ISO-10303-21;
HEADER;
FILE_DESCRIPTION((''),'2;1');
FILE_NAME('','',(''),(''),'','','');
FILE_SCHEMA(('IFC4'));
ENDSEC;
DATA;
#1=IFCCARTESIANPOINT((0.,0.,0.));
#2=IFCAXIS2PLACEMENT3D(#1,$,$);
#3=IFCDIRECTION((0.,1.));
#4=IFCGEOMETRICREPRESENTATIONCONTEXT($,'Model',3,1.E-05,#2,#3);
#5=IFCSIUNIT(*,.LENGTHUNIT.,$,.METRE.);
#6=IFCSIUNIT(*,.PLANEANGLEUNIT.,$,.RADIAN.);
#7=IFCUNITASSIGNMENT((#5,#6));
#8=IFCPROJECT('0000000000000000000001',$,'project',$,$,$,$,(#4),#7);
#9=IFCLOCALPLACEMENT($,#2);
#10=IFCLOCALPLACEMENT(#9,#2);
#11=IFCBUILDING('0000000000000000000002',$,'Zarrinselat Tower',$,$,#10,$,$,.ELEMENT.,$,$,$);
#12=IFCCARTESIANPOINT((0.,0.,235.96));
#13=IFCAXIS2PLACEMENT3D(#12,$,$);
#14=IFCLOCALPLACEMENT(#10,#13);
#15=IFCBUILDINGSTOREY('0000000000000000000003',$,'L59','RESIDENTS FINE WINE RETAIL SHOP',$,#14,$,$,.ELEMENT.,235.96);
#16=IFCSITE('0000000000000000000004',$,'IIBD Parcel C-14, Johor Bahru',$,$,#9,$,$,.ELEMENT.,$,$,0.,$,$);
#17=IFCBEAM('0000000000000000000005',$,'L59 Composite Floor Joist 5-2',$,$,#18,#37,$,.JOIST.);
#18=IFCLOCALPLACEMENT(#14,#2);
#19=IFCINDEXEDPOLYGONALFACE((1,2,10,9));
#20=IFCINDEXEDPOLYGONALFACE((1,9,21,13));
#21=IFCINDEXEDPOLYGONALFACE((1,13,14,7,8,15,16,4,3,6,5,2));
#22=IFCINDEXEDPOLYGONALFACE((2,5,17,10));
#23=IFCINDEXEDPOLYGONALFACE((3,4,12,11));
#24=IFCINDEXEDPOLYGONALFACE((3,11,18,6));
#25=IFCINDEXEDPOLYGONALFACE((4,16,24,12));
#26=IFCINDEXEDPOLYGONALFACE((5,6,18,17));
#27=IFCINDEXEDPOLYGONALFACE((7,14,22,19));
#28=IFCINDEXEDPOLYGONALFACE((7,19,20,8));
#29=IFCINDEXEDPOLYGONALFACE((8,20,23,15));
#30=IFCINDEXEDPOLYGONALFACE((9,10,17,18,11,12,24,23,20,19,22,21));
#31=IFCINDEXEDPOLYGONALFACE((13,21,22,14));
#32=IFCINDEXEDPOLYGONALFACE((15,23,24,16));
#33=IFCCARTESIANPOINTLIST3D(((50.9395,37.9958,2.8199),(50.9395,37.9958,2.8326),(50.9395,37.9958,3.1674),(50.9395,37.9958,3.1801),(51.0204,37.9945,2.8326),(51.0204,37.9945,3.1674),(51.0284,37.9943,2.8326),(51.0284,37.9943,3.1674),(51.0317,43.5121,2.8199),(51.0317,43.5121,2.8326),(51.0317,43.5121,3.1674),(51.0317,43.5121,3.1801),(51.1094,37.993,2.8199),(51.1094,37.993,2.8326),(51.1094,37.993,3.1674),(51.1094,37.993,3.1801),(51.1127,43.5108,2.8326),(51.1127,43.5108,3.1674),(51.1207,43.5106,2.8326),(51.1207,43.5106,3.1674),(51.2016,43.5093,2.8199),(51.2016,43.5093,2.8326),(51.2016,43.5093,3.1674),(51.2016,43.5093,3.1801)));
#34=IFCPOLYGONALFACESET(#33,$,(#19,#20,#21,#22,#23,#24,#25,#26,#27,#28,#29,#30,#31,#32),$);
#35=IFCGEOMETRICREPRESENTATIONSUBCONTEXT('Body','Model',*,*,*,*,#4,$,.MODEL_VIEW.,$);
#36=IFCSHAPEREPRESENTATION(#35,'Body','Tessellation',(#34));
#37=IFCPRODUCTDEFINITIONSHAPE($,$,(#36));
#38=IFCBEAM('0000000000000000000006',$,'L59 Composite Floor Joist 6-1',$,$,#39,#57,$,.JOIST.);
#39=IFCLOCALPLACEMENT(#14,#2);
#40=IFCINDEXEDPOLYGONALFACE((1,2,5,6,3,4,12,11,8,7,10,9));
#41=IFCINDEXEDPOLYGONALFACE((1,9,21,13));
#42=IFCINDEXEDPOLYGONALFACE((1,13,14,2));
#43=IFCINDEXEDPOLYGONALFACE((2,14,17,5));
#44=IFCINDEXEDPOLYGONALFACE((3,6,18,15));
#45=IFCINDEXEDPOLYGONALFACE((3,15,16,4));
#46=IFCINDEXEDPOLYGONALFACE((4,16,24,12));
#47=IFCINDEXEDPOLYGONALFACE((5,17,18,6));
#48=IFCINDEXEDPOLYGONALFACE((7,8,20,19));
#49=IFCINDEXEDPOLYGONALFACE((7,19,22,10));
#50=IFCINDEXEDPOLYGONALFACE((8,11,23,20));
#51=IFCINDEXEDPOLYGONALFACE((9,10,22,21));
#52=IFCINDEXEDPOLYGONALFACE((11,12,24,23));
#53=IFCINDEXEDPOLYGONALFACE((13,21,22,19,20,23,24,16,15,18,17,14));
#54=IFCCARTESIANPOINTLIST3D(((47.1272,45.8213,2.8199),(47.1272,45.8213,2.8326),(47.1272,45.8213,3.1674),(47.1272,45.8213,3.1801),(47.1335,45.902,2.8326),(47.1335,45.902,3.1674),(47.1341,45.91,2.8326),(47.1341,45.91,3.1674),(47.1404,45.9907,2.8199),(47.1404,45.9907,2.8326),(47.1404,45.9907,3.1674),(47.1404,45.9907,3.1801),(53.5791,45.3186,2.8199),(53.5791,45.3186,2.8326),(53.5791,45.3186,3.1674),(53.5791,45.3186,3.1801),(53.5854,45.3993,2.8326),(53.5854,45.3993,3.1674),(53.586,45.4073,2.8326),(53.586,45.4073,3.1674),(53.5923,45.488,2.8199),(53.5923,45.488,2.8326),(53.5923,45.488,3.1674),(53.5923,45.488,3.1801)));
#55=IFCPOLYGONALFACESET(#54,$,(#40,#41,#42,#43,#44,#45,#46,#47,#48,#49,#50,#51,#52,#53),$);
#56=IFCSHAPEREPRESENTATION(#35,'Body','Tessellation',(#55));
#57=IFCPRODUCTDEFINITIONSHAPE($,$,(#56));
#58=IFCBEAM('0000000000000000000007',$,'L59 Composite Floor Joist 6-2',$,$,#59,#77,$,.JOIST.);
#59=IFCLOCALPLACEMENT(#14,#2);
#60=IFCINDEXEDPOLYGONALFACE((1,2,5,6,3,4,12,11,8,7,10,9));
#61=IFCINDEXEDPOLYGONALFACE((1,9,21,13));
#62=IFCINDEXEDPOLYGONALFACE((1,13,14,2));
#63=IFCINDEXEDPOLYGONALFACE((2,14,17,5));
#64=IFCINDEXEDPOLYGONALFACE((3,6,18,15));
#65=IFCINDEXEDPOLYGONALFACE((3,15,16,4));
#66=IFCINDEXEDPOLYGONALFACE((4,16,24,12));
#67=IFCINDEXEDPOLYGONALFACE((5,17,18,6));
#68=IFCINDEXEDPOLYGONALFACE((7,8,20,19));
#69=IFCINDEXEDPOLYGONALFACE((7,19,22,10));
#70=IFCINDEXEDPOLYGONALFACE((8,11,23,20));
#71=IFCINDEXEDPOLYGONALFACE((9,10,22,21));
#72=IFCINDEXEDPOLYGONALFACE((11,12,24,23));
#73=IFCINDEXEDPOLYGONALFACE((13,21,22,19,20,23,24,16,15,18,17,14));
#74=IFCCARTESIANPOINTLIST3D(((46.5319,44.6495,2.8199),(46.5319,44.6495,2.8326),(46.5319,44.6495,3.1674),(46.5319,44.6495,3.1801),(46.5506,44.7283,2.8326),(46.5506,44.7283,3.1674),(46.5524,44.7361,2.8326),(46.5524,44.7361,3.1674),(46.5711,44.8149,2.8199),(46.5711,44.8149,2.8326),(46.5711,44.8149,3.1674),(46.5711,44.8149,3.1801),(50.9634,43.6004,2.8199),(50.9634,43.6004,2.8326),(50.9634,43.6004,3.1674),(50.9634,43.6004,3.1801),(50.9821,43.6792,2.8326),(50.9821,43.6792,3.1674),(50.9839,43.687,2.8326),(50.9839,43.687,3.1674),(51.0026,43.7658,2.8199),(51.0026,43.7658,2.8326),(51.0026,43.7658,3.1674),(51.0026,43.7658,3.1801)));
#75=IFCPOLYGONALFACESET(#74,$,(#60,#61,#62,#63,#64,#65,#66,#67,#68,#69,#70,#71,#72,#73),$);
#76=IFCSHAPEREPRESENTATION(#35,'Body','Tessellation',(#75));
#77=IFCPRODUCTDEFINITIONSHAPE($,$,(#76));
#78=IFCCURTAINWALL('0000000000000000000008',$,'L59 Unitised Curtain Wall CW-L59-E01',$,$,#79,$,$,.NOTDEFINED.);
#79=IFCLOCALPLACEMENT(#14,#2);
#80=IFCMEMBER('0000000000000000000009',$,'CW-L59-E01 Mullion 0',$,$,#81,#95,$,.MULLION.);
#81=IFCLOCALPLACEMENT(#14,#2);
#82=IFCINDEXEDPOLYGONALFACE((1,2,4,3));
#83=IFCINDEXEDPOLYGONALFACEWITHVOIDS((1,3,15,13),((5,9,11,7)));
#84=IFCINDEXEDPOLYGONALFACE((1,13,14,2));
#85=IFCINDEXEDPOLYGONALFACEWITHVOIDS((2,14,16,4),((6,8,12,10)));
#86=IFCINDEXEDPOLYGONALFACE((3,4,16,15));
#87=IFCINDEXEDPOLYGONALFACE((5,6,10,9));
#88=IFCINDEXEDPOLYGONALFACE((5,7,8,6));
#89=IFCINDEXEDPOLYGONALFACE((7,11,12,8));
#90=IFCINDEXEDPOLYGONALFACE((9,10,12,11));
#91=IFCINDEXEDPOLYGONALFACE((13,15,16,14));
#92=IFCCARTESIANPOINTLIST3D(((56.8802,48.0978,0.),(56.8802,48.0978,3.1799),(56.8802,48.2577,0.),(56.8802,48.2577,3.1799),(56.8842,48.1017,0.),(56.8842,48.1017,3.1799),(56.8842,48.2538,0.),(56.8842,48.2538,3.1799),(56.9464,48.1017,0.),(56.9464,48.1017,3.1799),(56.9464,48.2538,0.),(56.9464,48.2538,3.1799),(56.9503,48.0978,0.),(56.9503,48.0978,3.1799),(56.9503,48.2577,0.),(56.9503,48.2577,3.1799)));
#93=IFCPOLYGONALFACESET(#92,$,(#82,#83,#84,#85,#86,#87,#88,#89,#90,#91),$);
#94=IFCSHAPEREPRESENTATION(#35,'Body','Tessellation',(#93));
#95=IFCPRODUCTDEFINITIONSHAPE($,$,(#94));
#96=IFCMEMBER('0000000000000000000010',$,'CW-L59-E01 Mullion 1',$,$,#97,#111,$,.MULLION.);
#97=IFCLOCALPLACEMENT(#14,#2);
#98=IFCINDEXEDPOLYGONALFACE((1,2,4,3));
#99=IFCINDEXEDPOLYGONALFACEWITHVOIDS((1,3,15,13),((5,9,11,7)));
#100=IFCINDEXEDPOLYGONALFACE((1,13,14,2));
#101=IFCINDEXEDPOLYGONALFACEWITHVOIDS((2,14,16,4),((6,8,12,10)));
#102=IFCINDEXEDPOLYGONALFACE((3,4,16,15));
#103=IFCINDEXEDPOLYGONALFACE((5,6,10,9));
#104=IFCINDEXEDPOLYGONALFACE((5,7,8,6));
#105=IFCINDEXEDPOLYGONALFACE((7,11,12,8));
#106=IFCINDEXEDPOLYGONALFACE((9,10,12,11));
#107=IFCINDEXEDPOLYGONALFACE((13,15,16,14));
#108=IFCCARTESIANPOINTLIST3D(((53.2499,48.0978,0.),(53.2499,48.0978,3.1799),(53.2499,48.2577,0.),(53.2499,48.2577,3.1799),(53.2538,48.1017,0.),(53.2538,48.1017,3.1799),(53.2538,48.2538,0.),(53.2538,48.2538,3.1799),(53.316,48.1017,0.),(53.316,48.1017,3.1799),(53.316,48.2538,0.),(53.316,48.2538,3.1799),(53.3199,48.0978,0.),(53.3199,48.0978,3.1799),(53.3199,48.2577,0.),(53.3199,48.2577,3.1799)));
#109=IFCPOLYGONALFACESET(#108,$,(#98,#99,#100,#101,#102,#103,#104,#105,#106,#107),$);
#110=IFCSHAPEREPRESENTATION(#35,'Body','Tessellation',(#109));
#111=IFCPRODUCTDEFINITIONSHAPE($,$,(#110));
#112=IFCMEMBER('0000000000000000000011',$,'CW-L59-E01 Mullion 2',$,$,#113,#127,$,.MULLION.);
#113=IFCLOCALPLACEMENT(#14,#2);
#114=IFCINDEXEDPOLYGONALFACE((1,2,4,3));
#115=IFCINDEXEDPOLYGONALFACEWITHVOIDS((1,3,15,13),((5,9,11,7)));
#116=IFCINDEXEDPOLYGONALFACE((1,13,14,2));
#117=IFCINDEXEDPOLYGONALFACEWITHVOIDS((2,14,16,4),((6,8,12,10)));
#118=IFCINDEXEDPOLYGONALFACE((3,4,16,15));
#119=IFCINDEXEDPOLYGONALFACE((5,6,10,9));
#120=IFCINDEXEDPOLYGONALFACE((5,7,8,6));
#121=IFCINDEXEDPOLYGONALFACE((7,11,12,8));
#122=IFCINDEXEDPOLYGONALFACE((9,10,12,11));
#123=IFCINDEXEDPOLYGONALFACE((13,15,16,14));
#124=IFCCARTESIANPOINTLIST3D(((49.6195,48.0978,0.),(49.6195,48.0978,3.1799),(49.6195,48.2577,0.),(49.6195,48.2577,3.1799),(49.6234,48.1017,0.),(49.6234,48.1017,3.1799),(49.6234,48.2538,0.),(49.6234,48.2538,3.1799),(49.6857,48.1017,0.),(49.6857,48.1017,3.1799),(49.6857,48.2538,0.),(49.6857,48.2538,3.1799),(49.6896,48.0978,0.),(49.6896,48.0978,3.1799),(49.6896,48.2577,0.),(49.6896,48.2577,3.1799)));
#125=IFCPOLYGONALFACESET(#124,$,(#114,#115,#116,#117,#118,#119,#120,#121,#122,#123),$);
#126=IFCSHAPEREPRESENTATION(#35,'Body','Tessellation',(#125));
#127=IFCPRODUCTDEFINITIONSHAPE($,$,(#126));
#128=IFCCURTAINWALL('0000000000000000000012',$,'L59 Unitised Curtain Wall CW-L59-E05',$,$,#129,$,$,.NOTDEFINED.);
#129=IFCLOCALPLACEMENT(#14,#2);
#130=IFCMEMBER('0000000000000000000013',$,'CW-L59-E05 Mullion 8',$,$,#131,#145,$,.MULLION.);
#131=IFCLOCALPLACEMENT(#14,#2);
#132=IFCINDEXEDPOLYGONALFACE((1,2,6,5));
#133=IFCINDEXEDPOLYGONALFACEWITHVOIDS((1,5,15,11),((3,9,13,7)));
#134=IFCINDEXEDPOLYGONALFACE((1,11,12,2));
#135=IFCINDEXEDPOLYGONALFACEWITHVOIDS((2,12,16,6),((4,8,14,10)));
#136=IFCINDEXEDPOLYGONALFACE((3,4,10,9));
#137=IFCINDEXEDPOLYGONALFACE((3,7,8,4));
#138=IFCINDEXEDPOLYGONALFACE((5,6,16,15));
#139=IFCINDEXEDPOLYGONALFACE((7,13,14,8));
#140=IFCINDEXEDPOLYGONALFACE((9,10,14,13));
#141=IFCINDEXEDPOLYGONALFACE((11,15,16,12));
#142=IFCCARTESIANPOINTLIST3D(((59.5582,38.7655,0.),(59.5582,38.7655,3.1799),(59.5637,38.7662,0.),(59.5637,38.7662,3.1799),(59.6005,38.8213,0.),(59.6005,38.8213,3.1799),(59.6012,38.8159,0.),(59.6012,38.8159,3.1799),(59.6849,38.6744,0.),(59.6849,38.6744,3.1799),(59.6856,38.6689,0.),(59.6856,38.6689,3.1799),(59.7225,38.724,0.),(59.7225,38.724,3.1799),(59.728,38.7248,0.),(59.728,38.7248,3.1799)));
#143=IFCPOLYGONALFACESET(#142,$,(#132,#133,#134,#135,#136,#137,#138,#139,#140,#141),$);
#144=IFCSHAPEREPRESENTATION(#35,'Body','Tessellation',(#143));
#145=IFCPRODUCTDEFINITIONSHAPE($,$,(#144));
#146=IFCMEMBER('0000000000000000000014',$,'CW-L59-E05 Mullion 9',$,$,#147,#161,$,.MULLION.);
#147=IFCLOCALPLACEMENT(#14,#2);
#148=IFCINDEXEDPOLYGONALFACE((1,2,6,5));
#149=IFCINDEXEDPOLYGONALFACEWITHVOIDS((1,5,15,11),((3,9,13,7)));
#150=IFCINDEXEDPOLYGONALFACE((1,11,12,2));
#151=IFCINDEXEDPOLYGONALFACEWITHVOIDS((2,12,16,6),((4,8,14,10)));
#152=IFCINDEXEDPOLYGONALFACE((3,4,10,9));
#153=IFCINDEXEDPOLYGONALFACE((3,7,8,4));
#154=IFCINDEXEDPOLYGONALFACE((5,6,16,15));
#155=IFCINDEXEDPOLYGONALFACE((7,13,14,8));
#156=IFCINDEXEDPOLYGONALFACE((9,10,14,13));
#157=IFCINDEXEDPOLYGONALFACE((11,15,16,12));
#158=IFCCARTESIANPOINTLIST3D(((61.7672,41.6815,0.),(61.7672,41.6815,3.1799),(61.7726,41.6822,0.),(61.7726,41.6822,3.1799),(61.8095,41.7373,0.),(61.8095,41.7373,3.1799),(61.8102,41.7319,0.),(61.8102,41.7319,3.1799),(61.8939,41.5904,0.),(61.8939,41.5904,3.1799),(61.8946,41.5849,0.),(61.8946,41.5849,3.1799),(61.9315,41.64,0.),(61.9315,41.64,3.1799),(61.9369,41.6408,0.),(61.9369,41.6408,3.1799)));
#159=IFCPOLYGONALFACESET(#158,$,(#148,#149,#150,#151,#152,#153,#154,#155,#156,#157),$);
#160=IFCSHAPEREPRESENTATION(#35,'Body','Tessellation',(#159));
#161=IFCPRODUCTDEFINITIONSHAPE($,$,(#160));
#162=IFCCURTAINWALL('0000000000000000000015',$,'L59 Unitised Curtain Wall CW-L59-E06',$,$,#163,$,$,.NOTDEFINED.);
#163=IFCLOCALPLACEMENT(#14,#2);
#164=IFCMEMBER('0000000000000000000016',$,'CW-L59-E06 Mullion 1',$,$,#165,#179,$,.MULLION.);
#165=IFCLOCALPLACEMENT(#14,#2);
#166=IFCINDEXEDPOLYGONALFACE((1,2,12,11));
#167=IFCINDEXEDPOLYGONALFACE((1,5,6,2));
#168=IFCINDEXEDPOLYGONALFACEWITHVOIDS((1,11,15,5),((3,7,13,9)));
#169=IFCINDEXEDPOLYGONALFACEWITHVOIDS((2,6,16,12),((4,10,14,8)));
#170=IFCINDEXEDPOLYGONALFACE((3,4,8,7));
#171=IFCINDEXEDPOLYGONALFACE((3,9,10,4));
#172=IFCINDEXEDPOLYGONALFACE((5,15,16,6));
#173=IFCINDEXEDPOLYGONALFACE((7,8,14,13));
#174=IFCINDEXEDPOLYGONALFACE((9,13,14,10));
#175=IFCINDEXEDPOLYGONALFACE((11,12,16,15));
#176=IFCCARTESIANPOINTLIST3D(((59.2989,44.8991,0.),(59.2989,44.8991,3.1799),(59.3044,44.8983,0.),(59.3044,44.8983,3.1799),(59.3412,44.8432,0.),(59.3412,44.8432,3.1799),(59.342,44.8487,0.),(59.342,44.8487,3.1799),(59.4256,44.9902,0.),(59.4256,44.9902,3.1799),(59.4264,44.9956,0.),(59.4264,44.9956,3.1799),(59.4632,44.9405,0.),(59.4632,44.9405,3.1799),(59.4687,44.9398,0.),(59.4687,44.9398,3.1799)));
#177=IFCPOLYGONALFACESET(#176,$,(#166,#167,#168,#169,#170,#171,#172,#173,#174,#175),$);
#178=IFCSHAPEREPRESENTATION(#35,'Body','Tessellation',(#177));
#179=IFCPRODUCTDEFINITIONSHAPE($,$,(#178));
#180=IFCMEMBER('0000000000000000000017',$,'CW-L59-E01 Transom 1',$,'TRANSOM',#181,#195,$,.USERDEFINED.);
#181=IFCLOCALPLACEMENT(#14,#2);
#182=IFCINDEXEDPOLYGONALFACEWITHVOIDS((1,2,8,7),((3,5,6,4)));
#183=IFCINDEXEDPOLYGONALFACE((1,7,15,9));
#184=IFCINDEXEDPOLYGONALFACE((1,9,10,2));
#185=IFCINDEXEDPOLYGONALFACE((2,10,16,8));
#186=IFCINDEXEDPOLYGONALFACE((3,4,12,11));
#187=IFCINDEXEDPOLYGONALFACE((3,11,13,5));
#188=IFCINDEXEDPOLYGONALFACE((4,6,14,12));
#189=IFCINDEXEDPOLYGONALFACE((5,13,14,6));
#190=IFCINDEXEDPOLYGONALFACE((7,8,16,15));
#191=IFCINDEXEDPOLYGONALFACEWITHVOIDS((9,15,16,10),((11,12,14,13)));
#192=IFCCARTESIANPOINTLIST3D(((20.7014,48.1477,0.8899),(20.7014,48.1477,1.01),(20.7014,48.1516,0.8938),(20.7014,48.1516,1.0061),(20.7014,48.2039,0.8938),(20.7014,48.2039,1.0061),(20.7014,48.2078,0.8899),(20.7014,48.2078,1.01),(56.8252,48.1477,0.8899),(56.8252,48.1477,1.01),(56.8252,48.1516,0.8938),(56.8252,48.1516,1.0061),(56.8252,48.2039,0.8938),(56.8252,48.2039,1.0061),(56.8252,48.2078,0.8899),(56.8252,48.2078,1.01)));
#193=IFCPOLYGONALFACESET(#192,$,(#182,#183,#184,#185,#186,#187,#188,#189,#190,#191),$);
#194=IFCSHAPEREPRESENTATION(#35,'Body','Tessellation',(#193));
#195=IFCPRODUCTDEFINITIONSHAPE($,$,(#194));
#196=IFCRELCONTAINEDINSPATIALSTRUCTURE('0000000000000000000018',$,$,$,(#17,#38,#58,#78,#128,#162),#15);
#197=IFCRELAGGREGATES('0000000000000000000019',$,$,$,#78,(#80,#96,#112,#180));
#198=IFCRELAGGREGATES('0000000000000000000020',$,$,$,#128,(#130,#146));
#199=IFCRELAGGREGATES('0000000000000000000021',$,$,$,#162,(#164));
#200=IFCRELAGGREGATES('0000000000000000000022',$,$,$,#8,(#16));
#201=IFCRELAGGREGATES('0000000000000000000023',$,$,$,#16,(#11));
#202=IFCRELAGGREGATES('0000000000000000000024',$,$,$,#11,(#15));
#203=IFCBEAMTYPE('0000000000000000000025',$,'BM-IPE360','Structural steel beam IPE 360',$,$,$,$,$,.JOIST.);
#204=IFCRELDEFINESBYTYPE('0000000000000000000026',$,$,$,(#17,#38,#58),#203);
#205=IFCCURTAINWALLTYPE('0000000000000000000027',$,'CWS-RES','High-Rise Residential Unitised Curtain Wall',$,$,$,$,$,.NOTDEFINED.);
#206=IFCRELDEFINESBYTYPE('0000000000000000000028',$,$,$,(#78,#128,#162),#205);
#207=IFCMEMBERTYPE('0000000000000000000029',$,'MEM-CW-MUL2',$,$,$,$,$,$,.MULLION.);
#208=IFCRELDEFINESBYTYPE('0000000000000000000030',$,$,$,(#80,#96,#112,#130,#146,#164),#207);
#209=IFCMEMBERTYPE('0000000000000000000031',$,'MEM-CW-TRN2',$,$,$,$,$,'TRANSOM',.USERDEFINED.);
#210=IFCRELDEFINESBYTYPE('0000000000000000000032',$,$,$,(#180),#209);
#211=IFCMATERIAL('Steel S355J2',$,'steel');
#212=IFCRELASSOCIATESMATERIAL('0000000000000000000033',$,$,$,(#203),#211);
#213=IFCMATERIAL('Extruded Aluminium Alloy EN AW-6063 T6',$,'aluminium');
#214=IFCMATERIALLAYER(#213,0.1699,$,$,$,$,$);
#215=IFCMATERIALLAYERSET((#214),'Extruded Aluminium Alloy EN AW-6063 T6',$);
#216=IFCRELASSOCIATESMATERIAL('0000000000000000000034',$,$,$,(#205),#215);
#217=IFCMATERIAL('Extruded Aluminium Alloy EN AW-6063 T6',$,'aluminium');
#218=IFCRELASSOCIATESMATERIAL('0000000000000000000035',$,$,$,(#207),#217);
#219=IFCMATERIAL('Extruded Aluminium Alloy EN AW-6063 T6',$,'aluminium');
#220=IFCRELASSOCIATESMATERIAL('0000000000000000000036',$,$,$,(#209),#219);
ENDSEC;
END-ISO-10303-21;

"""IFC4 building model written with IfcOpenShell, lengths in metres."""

from ifc_helpers import new_model, si_unit, direction, frame, origin, origin_2d, place, context, subcontext, project, spatial, hollow_rectangle, i_section, extrude, material, layer, layer_set, material_profile, profile_set, type_object, element, aggregate, save


model = new_model("IFC4")

# Units and contexts
model_context = context("Model", 3, precision=1e-05, world=origin(), true_north=direction((0.0, 1.0)))
body_context = subcontext(model_context, "Body", "Model", "MODEL_VIEW")
ifc_project = project(units=[si_unit("LENGTHUNIT", "METRE"), si_unit("PLANEANGLEUNIT", "RADIAN")], contexts=[model_context])

# Site, building, storey
site_placement = place(None, origin())
site = spatial("IfcSite", under=ifc_project, at=site_placement, Name="IIBD Parcel C-14, Johor Bahru", CompositionType="ELEMENT", RefElevation=0.0)
building_placement = place(site_placement, origin())
building = spatial("IfcBuilding", under=site, at=building_placement, Name="Zarrinselat Tower", CompositionType="ELEMENT")
storey_placement = place(building_placement, frame((0.0, 0.0, 235.96)))
storey = spatial("IfcBuildingStorey", under=building, at=storey_placement, Name="L59", Description="RESIDENTS FINE WINE RETAIL SHOP", CompositionType="ELEMENT", Elevation=235.96)

# Beams
ifc_material_1 = material(Name="Steel S355J2", Category="steel")
ifc_material_profile_1 = material_profile(ifc_material_1, i_section(OverallWidth=0.1699, OverallDepth=0.3601, WebThickness=0.0081, FlangeThickness=0.0127, at=origin_2d()), Name="IPE 360")
ifc_profile_set_1 = profile_set([ifc_material_profile_1], Name="Steel S355J2")
beam_type_1 = type_object("IfcBeamType", Name="BM-IPE360", Description="Structural steel beam IPE 360", PredefinedType="JOIST", material=ifc_profile_set_1)
beam_1_placement = place(storey_placement, frame((51.0244, 37.9944, 3.0), z_axis=(0.016727, 0.99986, 0.0), x_axis=(-0.99986, 0.016727, 0.0)))
element("IfcBeam", 1, at=beam_1_placement, inside=storey, type_object=beam_type_1, Name="L59 Composite Floor Joist 5-2", PredefinedType="JOIST", context=body_context, shape_type="SweptSolid", body=[
    extrude(i_section(OverallWidth=0.1699, OverallDepth=0.3601, WebThickness=0.0081, FlangeThickness=0.0127, at=origin_2d()), origin(), (0.0, 0.0, 1.0), 5.5171),
])
beam_2_placement = place(storey_placement, frame((47.1338, 45.906, 3.0), z_axis=(0.996979, -0.077677, 0.0), x_axis=(0.077677, 0.996979, 0.0)))
element("IfcBeam", 2, at=beam_2_placement, inside=storey, type_object=beam_type_1, Name="L59 Composite Floor Joist 6-1", PredefinedType="JOIST", context=body_context, shape_type="SweptSolid", body=[
    extrude(i_section(OverallWidth=0.1699, OverallDepth=0.3601, WebThickness=0.0081, FlangeThickness=0.0127, at=origin_2d()), origin(), (0.0, 0.0, 1.0), 6.4714),
])
beam_3_placement = place(storey_placement, frame((46.5515, 44.7322, 3.0), z_axis=(0.973103, -0.230369, 0.0), x_axis=(0.230369, 0.973103, 0.0)))
element("IfcBeam", 3, at=beam_3_placement, inside=storey, type_object=beam_type_1, Name="L59 Composite Floor Joist 6-2", PredefinedType="JOIST", context=body_context, shape_type="SweptSolid", body=[
    extrude(i_section(OverallWidth=0.1699, OverallDepth=0.3601, WebThickness=0.0081, FlangeThickness=0.0127, at=origin_2d()), origin(), (0.0, 0.0, 1.0), 4.554),
])

# Curtain walls, members
ifc_material_2 = material(Name="Extruded Aluminium Alloy EN AW-6063 T6", Category="aluminium")
ifc_layer_1 = layer(ifc_material_2, 0.1699)
ifc_layer_set_1 = layer_set([ifc_layer_1], Name="Extruded Aluminium Alloy EN AW-6063 T6")
curtain_wall_type = type_object("IfcCurtainWallType", Name="CWS-RES", Description="High-Rise Residential Unitised Curtain Wall", PredefinedType="NOTDEFINED", material=ifc_layer_set_1)
curtain_wall_1_placement = place(storey_placement, origin())
curtain_wall_1 = element("IfcCurtainWall", 4, at=curtain_wall_1_placement, inside=storey, type_object=curtain_wall_type, Name="L59 Unitised Curtain Wall CW-L59-E01", PredefinedType="NOTDEFINED")
ifc_material_3 = material(Name="Extruded Aluminium Alloy EN AW-6063 T6", Category="aluminium")
ifc_material_profile_2 = material_profile(ifc_material_3, hollow_rectangle(XDim=0.0701, YDim=0.1599, WallThickness=0.0039, at=origin_2d()), Name="RHS 160x70x4")
ifc_profile_set_2 = profile_set([ifc_material_profile_2], Name="Extruded Aluminium Alloy EN AW-6063 T6")
member_type_1 = type_object("IfcMemberType", Name="MEM-CW-MUL2", PredefinedType="MULLION", material=ifc_profile_set_2)
member_1_placement = place(storey_placement, frame((56.9153, 48.1777, 0.0), z_axis=(0.0, 0.0, 1.0), x_axis=(-1.0, 0.0, 0.0)))
member_1 = element("IfcMember", 5, at=member_1_placement, type_object=member_type_1, Name="CW-L59-E01 Mullion 0", PredefinedType="MULLION", context=body_context, shape_type="SweptSolid", body=[
    extrude(hollow_rectangle(XDim=0.0701, YDim=0.1599, WallThickness=0.0039, at=origin_2d()), origin(), (0.0, 0.0, 1.0), 3.1799),
])
member_2_placement = place(storey_placement, frame((53.2849, 48.1777, 0.0), z_axis=(0.0, 0.0, 1.0), x_axis=(-1.0, 0.0, 0.0)))
member_2 = element("IfcMember", 6, at=member_2_placement, type_object=member_type_1, Name="CW-L59-E01 Mullion 1", PredefinedType="MULLION", context=body_context, shape_type="SweptSolid", body=[
    extrude(hollow_rectangle(XDim=0.0701, YDim=0.1599, WallThickness=0.0039, at=origin_2d()), origin(), (0.0, 0.0, 1.0), 3.1799),
])
member_3_placement = place(storey_placement, frame((49.6545, 48.1777, 0.0), z_axis=(0.0, 0.0, 1.0), x_axis=(-1.0, 0.0, 0.0)))
member_3 = element("IfcMember", 7, at=member_3_placement, type_object=member_type_1, Name="CW-L59-E01 Mullion 2", PredefinedType="MULLION", context=body_context, shape_type="SweptSolid", body=[
    extrude(hollow_rectangle(XDim=0.0701, YDim=0.1599, WallThickness=0.0039, at=origin_2d()), origin(), (0.0, 0.0, 1.0), 3.1799),
])
curtain_wall_2_placement = place(storey_placement, origin())
curtain_wall_2 = element("IfcCurtainWall", 8, at=curtain_wall_2_placement, inside=storey, type_object=curtain_wall_type, Name="L59 Unitised Curtain Wall CW-L59-E05", PredefinedType="NOTDEFINED")
member_4_placement = place(storey_placement, frame((59.6431, 38.7451, 0.0), z_axis=(0.0, 0.0, 1.0), x_axis=(0.603859, 0.797091, 0.0)))
member_4 = element("IfcMember", 9, at=member_4_placement, type_object=member_type_1, Name="CW-L59-E05 Mullion 8", PredefinedType="MULLION", context=body_context, shape_type="SweptSolid", body=[
    extrude(hollow_rectangle(XDim=0.0701, YDim=0.1599, WallThickness=0.0039, at=origin_2d()), origin(), (0.0, 0.0, 1.0), 3.1799),
])
member_5_placement = place(storey_placement, frame((61.8521, 41.6611, 0.0), z_axis=(0.0, 0.0, 1.0), x_axis=(0.603859, 0.797091, 0.0)))
member_5 = element("IfcMember", 10, at=member_5_placement, type_object=member_type_1, Name="CW-L59-E05 Mullion 9", PredefinedType="MULLION", context=body_context, shape_type="SweptSolid", body=[
    extrude(hollow_rectangle(XDim=0.0701, YDim=0.1599, WallThickness=0.0039, at=origin_2d()), origin(), (0.0, 0.0, 1.0), 3.1799),
])

# Curtain wall, member
curtain_wall_3_placement = place(storey_placement, origin())
curtain_wall_3 = element("IfcCurtainWall", 11, at=curtain_wall_3_placement, inside=storey, type_object=curtain_wall_type, Name="L59 Unitised Curtain Wall CW-L59-E06", PredefinedType="NOTDEFINED")
member_6_placement = place(storey_placement, frame((59.3838, 44.9194, 0.0), z_axis=(0.0, 0.0, 1.0), x_axis=(-0.603858, 0.797092, 0.0)))
member_6 = element("IfcMember", 12, at=member_6_placement, type_object=member_type_1, Name="CW-L59-E06 Mullion 1", PredefinedType="MULLION", context=body_context, shape_type="SweptSolid", body=[
    extrude(hollow_rectangle(XDim=0.0701, YDim=0.1599, WallThickness=0.0039, at=origin_2d()), origin(), (0.0, 0.0, 1.0), 3.1799),
])

# Member
ifc_material_4 = material(Name="Extruded Aluminium Alloy EN AW-6063 T6", Category="aluminium")
ifc_material_profile_3 = material_profile(ifc_material_4, hollow_rectangle(XDim=0.0601, YDim=0.1201, WallThickness=0.0039, at=origin_2d()), Name="RHS 120x60x4")
ifc_profile_set_3 = profile_set([ifc_material_profile_3], Name="Extruded Aluminium Alloy EN AW-6063 T6")
member_type_2 = type_object("IfcMemberType", Name="MEM-CW-TRN2", ElementType="TRANSOM", PredefinedType="USERDEFINED", material=ifc_profile_set_3)
member_7_placement = place(storey_placement, frame((56.8252, 48.1777, 0.95), z_axis=(-1.0, 0.0, 0.0), x_axis=(0.0, -1.0, 0.0)))
member_7 = element("IfcMember", 13, at=member_7_placement, type_object=member_type_2, Name="CW-L59-E01 Transom 1", ObjectType="TRANSOM", PredefinedType="USERDEFINED", context=body_context, shape_type="SweptSolid", body=[
    extrude(hollow_rectangle(XDim=0.0601, YDim=0.1201, WallThickness=0.0039, at=origin_2d()), origin(), (0.0, 0.0, 1.0), 36.1238),
])

aggregate(curtain_wall_1, [member_1, member_2, member_3, member_7])
aggregate(curtain_wall_2, [member_4, member_5])
aggregate(curtain_wall_3, [member_6])

save(model, "model.ifc")
